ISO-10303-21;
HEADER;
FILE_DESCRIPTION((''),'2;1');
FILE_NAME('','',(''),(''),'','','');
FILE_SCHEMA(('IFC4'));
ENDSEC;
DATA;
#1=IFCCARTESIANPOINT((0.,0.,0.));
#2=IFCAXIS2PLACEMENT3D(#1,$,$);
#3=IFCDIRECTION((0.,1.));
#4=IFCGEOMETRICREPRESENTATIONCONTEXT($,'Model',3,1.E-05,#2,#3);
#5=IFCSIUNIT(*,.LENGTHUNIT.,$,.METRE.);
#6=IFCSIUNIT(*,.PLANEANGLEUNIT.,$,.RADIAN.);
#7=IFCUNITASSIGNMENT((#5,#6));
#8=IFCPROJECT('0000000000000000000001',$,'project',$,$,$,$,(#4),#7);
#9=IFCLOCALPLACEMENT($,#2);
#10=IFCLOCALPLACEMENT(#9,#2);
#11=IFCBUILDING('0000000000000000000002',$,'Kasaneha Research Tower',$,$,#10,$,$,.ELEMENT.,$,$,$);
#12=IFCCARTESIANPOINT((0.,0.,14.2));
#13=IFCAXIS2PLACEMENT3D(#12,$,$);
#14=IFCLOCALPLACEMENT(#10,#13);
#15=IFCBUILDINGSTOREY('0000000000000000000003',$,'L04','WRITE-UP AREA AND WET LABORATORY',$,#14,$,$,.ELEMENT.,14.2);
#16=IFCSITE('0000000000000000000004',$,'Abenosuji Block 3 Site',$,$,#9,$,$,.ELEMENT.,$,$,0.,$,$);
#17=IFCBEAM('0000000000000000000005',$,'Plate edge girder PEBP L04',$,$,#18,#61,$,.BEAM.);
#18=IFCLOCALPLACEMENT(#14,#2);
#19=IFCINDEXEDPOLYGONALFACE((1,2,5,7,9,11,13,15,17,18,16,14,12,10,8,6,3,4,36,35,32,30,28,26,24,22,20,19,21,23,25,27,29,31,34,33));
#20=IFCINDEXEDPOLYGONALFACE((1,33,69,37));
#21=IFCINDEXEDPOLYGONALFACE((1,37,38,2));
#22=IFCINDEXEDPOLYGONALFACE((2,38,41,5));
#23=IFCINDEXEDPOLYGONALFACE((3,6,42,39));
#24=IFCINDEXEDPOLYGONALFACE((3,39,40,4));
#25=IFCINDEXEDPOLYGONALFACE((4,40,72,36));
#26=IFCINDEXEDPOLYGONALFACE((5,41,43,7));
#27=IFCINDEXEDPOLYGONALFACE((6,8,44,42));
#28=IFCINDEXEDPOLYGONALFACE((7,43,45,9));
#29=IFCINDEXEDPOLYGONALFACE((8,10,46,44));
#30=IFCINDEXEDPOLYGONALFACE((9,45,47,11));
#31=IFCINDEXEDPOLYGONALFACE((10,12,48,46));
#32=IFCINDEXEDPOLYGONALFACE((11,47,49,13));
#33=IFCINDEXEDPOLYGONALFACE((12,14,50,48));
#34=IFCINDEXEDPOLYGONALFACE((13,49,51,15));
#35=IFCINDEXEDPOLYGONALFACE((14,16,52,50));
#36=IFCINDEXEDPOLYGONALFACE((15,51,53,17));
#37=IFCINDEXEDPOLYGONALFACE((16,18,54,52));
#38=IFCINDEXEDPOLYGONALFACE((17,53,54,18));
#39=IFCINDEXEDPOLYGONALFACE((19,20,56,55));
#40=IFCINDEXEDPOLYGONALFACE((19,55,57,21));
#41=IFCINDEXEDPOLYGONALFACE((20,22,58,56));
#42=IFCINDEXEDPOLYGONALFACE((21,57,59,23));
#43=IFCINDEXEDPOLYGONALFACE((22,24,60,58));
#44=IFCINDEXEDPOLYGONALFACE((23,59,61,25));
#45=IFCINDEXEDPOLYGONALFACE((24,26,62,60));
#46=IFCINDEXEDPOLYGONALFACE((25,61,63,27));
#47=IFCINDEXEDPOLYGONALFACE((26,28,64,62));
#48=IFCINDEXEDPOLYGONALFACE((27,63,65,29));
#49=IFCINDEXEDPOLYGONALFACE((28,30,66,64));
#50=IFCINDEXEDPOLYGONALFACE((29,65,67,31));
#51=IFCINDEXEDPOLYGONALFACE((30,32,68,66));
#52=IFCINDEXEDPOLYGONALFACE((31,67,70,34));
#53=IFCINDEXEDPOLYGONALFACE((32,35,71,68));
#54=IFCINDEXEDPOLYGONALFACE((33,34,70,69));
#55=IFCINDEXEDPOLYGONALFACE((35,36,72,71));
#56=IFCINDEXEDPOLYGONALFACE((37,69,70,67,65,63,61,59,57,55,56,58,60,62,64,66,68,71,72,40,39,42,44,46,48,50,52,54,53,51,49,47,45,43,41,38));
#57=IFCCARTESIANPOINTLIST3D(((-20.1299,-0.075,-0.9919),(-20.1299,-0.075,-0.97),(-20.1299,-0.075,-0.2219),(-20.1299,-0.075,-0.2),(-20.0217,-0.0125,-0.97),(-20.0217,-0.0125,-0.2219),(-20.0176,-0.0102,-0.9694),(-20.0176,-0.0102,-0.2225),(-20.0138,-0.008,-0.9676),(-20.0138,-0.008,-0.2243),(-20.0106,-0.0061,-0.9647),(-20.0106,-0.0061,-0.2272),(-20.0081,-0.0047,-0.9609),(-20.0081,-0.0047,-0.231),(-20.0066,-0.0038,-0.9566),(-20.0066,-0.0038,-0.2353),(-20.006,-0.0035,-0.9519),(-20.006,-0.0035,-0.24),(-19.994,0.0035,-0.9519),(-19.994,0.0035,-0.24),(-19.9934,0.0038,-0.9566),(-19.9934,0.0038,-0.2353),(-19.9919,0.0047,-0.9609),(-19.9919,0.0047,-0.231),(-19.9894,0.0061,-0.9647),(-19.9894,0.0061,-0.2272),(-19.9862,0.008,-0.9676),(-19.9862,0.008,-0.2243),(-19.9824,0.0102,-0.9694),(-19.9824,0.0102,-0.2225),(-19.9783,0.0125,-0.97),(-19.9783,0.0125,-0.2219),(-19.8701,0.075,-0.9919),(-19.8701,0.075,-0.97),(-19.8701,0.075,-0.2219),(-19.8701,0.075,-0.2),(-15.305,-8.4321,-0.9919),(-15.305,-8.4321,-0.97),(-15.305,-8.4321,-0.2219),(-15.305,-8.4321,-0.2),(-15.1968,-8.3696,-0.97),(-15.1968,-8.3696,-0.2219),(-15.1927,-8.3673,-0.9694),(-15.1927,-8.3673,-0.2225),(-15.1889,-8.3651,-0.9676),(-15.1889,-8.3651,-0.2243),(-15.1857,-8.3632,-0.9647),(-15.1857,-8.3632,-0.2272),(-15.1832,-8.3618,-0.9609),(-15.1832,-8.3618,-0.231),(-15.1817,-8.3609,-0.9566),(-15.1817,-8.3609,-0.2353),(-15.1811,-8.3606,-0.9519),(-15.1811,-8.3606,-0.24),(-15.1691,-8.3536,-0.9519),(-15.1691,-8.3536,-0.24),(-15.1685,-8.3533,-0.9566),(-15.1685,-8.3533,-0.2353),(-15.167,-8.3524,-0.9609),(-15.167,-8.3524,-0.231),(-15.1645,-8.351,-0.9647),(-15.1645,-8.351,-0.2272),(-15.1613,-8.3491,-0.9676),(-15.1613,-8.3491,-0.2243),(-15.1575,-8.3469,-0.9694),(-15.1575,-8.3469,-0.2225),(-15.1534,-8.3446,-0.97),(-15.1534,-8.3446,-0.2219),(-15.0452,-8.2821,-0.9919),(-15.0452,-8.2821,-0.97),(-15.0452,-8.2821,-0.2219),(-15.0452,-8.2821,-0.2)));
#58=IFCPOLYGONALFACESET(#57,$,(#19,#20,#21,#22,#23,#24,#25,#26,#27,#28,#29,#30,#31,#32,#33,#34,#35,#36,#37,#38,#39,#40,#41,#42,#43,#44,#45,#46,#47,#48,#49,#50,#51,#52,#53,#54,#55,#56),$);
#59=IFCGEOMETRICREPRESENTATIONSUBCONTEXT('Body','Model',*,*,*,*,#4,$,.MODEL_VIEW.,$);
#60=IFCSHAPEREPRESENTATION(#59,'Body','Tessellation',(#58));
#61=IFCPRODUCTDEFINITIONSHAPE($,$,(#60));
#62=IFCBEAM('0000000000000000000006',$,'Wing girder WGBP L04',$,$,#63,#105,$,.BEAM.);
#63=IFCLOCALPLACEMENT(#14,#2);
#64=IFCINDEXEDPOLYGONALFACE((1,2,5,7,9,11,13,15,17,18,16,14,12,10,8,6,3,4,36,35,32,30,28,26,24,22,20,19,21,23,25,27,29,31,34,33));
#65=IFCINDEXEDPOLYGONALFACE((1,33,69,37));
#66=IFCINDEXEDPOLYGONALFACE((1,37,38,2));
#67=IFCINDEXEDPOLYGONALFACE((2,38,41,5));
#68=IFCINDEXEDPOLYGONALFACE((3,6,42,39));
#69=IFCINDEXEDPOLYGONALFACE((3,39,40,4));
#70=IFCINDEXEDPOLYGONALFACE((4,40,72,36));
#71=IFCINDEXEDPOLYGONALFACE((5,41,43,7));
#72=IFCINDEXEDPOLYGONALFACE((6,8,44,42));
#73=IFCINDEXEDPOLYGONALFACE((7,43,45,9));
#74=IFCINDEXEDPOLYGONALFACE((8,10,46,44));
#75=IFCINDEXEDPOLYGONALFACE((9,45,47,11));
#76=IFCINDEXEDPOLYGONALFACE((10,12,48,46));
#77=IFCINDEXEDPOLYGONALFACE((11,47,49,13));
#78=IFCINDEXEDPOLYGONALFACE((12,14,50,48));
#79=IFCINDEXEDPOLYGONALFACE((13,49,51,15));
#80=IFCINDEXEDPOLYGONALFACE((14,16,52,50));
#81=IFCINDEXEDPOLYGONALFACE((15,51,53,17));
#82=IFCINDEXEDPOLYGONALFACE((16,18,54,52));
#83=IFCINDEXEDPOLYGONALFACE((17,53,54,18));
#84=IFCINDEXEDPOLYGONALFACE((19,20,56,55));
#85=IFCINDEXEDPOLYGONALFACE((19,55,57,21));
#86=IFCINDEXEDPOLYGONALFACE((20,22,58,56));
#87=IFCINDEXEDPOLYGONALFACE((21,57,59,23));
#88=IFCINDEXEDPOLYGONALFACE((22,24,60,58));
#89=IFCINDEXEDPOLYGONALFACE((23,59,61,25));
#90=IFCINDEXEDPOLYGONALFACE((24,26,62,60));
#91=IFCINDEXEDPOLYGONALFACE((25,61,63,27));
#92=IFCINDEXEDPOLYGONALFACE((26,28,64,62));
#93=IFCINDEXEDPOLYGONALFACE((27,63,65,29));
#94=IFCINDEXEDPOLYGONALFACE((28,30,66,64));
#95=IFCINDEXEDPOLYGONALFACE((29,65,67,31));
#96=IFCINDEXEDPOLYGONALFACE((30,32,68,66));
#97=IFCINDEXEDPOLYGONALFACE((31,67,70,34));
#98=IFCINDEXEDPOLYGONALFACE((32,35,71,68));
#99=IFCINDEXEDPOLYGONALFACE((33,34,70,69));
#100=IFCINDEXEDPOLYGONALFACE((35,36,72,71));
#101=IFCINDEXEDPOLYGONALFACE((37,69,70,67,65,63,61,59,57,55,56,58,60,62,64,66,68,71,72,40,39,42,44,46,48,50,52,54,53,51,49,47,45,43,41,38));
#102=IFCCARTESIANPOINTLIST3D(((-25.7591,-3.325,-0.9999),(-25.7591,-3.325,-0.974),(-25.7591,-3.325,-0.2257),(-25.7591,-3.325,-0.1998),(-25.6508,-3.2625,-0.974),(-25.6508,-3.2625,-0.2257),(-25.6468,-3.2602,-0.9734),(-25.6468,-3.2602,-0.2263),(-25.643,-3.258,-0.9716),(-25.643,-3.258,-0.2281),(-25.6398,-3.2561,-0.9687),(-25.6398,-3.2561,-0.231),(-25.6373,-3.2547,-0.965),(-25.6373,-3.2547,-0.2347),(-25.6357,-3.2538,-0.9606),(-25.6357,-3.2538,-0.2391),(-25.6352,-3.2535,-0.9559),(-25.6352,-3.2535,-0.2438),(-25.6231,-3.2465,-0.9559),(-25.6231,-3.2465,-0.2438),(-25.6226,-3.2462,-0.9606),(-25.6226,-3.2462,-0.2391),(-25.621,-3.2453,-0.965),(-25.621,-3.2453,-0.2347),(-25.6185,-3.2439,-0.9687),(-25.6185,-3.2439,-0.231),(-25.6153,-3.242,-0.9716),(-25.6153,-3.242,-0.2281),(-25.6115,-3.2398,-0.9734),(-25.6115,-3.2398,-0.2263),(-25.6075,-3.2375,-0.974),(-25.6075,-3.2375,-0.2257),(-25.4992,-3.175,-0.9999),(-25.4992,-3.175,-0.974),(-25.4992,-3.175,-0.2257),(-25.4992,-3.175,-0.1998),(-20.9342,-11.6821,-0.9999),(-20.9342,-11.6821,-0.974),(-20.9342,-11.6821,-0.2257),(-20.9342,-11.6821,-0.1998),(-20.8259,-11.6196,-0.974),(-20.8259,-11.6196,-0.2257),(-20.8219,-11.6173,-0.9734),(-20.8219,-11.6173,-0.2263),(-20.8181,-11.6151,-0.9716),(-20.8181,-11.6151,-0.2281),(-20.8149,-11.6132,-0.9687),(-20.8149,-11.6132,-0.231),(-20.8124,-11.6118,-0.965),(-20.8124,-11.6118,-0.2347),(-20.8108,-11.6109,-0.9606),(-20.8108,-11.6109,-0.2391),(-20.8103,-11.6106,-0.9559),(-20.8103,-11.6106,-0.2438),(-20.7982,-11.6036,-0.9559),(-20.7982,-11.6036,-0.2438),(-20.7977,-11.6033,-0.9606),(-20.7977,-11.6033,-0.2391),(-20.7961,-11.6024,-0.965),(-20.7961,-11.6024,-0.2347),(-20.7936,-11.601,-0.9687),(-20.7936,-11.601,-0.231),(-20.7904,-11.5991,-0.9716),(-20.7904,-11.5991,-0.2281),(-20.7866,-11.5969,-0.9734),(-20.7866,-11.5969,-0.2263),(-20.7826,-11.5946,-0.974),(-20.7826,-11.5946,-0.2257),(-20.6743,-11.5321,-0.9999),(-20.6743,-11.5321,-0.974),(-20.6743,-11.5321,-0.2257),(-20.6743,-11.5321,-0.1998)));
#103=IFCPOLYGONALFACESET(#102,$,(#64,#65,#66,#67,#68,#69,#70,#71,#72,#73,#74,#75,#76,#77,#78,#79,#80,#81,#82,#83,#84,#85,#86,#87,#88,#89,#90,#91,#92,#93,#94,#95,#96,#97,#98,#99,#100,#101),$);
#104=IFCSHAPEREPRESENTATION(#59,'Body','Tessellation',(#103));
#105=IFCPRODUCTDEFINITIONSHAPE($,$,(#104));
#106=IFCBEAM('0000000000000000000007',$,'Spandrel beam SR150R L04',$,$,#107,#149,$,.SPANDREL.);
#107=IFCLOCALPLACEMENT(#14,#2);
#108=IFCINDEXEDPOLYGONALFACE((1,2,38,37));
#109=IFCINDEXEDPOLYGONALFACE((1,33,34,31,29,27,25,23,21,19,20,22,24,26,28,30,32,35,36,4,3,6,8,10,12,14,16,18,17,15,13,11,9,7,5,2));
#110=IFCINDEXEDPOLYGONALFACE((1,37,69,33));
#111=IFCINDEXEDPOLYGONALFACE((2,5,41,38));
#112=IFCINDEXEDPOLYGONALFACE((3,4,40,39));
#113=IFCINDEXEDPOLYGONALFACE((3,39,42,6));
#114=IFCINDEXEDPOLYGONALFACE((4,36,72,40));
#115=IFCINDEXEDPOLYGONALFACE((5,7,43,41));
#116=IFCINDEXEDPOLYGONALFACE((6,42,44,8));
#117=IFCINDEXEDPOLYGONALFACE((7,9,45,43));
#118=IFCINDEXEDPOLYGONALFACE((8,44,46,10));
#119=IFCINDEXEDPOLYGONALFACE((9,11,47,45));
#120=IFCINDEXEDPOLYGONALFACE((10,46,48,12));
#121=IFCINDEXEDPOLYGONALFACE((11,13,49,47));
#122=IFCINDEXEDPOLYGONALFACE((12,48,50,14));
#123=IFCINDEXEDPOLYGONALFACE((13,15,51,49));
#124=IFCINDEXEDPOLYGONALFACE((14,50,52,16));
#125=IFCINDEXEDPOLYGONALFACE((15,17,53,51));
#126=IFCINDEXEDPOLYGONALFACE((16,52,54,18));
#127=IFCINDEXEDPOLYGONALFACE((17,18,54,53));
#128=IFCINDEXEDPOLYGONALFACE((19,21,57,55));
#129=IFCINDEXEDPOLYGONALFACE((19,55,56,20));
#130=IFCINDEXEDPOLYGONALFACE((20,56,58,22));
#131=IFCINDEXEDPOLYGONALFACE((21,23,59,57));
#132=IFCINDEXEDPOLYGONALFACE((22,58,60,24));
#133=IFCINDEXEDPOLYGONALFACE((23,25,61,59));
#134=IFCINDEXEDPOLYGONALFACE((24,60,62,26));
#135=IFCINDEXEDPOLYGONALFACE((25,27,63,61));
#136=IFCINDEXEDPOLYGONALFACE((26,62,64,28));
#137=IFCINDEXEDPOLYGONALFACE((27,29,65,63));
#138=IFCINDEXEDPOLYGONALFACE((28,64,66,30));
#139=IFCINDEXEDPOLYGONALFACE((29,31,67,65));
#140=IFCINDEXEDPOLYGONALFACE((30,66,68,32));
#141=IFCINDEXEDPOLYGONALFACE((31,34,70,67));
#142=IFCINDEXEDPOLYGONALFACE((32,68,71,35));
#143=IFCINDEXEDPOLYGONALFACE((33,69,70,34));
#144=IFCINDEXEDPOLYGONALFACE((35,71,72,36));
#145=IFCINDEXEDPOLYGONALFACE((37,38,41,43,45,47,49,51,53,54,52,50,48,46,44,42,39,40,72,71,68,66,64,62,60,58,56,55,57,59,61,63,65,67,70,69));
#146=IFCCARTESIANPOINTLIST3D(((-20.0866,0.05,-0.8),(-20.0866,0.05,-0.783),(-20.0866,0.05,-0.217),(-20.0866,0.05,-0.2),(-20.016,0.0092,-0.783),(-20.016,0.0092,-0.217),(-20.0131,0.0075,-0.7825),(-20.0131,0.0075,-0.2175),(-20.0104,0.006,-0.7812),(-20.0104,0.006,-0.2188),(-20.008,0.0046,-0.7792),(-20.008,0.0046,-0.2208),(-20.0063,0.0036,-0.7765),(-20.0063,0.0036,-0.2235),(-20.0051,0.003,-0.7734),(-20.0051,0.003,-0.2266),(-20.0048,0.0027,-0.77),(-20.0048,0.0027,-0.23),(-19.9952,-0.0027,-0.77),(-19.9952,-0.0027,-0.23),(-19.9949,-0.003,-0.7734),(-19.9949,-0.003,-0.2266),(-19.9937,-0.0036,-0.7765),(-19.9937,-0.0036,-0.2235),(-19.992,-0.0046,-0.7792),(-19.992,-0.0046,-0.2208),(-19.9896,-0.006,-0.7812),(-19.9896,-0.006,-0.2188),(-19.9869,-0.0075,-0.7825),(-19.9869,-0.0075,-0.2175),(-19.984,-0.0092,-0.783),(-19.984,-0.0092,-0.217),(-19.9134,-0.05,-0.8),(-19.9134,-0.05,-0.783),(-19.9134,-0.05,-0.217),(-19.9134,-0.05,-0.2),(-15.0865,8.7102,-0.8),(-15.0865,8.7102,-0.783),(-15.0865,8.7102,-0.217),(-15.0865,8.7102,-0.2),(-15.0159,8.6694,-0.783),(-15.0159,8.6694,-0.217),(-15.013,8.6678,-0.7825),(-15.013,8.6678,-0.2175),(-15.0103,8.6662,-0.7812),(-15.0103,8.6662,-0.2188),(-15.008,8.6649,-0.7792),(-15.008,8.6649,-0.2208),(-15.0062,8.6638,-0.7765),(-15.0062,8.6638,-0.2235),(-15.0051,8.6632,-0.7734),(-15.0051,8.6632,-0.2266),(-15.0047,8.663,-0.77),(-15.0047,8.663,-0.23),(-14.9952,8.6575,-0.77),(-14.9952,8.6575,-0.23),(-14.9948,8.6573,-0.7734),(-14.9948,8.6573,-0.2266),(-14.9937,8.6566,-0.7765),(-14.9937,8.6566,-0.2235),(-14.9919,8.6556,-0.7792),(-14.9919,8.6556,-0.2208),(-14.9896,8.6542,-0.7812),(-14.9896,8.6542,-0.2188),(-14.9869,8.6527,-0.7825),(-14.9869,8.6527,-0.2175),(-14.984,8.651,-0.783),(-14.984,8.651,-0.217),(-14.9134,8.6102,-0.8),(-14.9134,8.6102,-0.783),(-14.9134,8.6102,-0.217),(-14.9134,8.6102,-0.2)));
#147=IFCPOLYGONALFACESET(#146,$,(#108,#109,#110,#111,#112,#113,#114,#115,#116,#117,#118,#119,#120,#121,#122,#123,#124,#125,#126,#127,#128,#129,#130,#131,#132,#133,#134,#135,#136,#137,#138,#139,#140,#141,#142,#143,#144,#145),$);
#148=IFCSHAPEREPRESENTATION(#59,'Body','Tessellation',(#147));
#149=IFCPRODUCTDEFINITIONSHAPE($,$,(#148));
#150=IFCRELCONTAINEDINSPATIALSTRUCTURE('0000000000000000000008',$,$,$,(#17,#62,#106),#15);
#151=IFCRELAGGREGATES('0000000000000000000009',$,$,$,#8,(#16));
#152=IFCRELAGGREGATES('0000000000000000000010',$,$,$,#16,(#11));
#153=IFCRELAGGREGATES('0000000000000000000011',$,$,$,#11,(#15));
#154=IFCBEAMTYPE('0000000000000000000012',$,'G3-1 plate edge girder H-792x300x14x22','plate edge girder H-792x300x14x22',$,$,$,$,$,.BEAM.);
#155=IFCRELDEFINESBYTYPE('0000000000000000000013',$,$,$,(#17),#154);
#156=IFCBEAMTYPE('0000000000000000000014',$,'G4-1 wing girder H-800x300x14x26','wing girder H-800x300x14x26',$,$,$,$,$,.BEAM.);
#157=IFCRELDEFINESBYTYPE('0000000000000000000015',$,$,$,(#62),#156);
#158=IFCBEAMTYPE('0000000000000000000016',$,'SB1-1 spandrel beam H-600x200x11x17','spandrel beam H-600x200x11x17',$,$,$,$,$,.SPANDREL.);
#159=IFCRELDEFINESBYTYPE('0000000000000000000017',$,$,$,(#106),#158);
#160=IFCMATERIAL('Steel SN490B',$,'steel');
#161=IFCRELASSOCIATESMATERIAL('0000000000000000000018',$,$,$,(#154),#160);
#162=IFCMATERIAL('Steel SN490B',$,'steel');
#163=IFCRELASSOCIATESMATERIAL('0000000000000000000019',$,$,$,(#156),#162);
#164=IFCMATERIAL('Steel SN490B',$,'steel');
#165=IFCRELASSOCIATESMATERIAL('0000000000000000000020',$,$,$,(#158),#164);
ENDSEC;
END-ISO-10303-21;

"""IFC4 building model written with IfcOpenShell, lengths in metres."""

from ifc_helpers import new_model, si_unit, direction, frame, origin, origin_2d, place, context, subcontext, project, spatial, i_section, extrude, material, material_profile, profile_set, type_object, element, save


model = new_model("IFC4")

# Units and contexts
model_context = context("Model", 3, precision=1e-05, world=origin(), true_north=direction((0.0, 1.0)))
body_context = subcontext(model_context, "Body", "Model", "MODEL_VIEW")
ifc_project = project(units=[si_unit("LENGTHUNIT", "METRE"), si_unit("PLANEANGLEUNIT", "RADIAN")], contexts=[model_context])

# Site, building, storey
site_placement = place(None, origin())
site = spatial("IfcSite", under=ifc_project, at=site_placement, Name="Abenosuji Block 3 Site", CompositionType="ELEMENT", RefElevation=0.0)
building_placement = place(site_placement, origin())
building = spatial("IfcBuilding", under=site, at=building_placement, Name="Kasaneha Research Tower", CompositionType="ELEMENT")
storey_placement = place(building_placement, frame((0.0, 0.0, 14.2)))
storey = spatial("IfcBuildingStorey", under=building, at=storey_placement, Name="L04", Description="WRITE-UP AREA AND WET LABORATORY", CompositionType="ELEMENT", Elevation=14.2)

# Beams
ifc_material_1 = material(Name="Steel SN490B", Category="steel")
ifc_material_profile_1 = material_profile(ifc_material_1, i_section(OverallWidth=0.3, OverallDepth=0.792, WebThickness=0.0139, FlangeThickness=0.022, FilletRadius=0.0181, at=origin_2d()), Name="H-792x300x14x22")
ifc_profile_set_1 = profile_set([ifc_material_profile_1], Name="Steel SN490B")
beam_type_1 = type_object("IfcBeamType", Name="G3-1 plate edge girder H-792x300x14x22", Description="plate edge girder H-792x300x14x22", PredefinedType="BEAM", material=ifc_profile_set_1)
beam_1_placement = place(storey_placement, frame((-20.0, 0.0, -0.5959), z_axis=(0.499995, -0.866028, 0.0), x_axis=(0.866028, 0.499995, 0.0)))
element("IfcBeam", 1, at=beam_1_placement, inside=storey, type_object=beam_type_1, Name="Plate edge girder PEBP L04", PredefinedType="BEAM", context=body_context, shape_type="SweptSolid", body=[
    extrude(i_section(OverallWidth=0.3, OverallDepth=0.792, WebThickness=0.0139, FlangeThickness=0.022, FilletRadius=0.0181, at=origin_2d()), origin(), (0.0, 0.0, 1.0), 9.6499),
])
ifc_material_2 = material(Name="Steel SN490B", Category="steel")
ifc_material_profile_2 = material_profile(ifc_material_2, i_section(OverallWidth=0.3, OverallDepth=0.8, WebThickness=0.0139, FlangeThickness=0.0259, FilletRadius=0.0181, at=origin_2d()), Name="H-800x300x14x26")
ifc_profile_set_2 = profile_set([ifc_material_profile_2], Name="Steel SN490B")
beam_type_2 = type_object("IfcBeamType", Name="G4-1 wing girder H-800x300x14x26", Description="wing girder H-800x300x14x26", PredefinedType="BEAM", material=ifc_profile_set_2)
beam_2_placement = place(storey_placement, frame((-25.6292, -3.25, -0.5999), z_axis=(0.499995, -0.866028, 0.0), x_axis=(0.866028, 0.499995, 0.0)))
element("IfcBeam", 2, at=beam_2_placement, inside=storey, type_object=beam_type_2, Name="Wing girder WGBP L04", PredefinedType="BEAM", context=body_context, shape_type="SweptSolid", body=[
    extrude(i_section(OverallWidth=0.3, OverallDepth=0.8, WebThickness=0.0139, FlangeThickness=0.0259, FilletRadius=0.0181, at=origin_2d()), origin(), (0.0, 0.0, 1.0), 9.6499),
])
ifc_material_3 = material(Name="Steel SN490B", Category="steel")
ifc_material_profile_3 = material_profile(ifc_material_3, i_section(OverallWidth=0.2, OverallDepth=0.6001, WebThickness=0.011, FlangeThickness=0.0171, FilletRadius=0.0129, at=origin_2d()), Name="H-600x200x11x17")
ifc_profile_set_3 = profile_set([ifc_material_profile_3], Name="Steel SN490B")
beam_type_3 = type_object("IfcBeamType", Name="SB1-1 spandrel beam H-600x200x11x17", Description="spandrel beam H-600x200x11x17", PredefinedType="SPANDREL", material=ifc_profile_set_3)
beam_3_placement = place(storey_placement, frame((-20.0, 0.0, -0.5), z_axis=(0.500004, 0.866023, 0.0), x_axis=(-0.866023, 0.500004, 0.0)))
element("IfcBeam", 3, at=beam_3_placement, inside=storey, type_object=beam_type_3, Name="Spandrel beam SR150R L04", PredefinedType="SPANDREL", context=body_context, shape_type="SweptSolid", body=[
    extrude(i_section(OverallWidth=0.2, OverallDepth=0.6001, WebThickness=0.011, FlangeThickness=0.0171, FilletRadius=0.0129, at=origin_2d()), origin(), (0.0, 0.0, 1.0), 10.0),
])

save(model, "model.ifc")
